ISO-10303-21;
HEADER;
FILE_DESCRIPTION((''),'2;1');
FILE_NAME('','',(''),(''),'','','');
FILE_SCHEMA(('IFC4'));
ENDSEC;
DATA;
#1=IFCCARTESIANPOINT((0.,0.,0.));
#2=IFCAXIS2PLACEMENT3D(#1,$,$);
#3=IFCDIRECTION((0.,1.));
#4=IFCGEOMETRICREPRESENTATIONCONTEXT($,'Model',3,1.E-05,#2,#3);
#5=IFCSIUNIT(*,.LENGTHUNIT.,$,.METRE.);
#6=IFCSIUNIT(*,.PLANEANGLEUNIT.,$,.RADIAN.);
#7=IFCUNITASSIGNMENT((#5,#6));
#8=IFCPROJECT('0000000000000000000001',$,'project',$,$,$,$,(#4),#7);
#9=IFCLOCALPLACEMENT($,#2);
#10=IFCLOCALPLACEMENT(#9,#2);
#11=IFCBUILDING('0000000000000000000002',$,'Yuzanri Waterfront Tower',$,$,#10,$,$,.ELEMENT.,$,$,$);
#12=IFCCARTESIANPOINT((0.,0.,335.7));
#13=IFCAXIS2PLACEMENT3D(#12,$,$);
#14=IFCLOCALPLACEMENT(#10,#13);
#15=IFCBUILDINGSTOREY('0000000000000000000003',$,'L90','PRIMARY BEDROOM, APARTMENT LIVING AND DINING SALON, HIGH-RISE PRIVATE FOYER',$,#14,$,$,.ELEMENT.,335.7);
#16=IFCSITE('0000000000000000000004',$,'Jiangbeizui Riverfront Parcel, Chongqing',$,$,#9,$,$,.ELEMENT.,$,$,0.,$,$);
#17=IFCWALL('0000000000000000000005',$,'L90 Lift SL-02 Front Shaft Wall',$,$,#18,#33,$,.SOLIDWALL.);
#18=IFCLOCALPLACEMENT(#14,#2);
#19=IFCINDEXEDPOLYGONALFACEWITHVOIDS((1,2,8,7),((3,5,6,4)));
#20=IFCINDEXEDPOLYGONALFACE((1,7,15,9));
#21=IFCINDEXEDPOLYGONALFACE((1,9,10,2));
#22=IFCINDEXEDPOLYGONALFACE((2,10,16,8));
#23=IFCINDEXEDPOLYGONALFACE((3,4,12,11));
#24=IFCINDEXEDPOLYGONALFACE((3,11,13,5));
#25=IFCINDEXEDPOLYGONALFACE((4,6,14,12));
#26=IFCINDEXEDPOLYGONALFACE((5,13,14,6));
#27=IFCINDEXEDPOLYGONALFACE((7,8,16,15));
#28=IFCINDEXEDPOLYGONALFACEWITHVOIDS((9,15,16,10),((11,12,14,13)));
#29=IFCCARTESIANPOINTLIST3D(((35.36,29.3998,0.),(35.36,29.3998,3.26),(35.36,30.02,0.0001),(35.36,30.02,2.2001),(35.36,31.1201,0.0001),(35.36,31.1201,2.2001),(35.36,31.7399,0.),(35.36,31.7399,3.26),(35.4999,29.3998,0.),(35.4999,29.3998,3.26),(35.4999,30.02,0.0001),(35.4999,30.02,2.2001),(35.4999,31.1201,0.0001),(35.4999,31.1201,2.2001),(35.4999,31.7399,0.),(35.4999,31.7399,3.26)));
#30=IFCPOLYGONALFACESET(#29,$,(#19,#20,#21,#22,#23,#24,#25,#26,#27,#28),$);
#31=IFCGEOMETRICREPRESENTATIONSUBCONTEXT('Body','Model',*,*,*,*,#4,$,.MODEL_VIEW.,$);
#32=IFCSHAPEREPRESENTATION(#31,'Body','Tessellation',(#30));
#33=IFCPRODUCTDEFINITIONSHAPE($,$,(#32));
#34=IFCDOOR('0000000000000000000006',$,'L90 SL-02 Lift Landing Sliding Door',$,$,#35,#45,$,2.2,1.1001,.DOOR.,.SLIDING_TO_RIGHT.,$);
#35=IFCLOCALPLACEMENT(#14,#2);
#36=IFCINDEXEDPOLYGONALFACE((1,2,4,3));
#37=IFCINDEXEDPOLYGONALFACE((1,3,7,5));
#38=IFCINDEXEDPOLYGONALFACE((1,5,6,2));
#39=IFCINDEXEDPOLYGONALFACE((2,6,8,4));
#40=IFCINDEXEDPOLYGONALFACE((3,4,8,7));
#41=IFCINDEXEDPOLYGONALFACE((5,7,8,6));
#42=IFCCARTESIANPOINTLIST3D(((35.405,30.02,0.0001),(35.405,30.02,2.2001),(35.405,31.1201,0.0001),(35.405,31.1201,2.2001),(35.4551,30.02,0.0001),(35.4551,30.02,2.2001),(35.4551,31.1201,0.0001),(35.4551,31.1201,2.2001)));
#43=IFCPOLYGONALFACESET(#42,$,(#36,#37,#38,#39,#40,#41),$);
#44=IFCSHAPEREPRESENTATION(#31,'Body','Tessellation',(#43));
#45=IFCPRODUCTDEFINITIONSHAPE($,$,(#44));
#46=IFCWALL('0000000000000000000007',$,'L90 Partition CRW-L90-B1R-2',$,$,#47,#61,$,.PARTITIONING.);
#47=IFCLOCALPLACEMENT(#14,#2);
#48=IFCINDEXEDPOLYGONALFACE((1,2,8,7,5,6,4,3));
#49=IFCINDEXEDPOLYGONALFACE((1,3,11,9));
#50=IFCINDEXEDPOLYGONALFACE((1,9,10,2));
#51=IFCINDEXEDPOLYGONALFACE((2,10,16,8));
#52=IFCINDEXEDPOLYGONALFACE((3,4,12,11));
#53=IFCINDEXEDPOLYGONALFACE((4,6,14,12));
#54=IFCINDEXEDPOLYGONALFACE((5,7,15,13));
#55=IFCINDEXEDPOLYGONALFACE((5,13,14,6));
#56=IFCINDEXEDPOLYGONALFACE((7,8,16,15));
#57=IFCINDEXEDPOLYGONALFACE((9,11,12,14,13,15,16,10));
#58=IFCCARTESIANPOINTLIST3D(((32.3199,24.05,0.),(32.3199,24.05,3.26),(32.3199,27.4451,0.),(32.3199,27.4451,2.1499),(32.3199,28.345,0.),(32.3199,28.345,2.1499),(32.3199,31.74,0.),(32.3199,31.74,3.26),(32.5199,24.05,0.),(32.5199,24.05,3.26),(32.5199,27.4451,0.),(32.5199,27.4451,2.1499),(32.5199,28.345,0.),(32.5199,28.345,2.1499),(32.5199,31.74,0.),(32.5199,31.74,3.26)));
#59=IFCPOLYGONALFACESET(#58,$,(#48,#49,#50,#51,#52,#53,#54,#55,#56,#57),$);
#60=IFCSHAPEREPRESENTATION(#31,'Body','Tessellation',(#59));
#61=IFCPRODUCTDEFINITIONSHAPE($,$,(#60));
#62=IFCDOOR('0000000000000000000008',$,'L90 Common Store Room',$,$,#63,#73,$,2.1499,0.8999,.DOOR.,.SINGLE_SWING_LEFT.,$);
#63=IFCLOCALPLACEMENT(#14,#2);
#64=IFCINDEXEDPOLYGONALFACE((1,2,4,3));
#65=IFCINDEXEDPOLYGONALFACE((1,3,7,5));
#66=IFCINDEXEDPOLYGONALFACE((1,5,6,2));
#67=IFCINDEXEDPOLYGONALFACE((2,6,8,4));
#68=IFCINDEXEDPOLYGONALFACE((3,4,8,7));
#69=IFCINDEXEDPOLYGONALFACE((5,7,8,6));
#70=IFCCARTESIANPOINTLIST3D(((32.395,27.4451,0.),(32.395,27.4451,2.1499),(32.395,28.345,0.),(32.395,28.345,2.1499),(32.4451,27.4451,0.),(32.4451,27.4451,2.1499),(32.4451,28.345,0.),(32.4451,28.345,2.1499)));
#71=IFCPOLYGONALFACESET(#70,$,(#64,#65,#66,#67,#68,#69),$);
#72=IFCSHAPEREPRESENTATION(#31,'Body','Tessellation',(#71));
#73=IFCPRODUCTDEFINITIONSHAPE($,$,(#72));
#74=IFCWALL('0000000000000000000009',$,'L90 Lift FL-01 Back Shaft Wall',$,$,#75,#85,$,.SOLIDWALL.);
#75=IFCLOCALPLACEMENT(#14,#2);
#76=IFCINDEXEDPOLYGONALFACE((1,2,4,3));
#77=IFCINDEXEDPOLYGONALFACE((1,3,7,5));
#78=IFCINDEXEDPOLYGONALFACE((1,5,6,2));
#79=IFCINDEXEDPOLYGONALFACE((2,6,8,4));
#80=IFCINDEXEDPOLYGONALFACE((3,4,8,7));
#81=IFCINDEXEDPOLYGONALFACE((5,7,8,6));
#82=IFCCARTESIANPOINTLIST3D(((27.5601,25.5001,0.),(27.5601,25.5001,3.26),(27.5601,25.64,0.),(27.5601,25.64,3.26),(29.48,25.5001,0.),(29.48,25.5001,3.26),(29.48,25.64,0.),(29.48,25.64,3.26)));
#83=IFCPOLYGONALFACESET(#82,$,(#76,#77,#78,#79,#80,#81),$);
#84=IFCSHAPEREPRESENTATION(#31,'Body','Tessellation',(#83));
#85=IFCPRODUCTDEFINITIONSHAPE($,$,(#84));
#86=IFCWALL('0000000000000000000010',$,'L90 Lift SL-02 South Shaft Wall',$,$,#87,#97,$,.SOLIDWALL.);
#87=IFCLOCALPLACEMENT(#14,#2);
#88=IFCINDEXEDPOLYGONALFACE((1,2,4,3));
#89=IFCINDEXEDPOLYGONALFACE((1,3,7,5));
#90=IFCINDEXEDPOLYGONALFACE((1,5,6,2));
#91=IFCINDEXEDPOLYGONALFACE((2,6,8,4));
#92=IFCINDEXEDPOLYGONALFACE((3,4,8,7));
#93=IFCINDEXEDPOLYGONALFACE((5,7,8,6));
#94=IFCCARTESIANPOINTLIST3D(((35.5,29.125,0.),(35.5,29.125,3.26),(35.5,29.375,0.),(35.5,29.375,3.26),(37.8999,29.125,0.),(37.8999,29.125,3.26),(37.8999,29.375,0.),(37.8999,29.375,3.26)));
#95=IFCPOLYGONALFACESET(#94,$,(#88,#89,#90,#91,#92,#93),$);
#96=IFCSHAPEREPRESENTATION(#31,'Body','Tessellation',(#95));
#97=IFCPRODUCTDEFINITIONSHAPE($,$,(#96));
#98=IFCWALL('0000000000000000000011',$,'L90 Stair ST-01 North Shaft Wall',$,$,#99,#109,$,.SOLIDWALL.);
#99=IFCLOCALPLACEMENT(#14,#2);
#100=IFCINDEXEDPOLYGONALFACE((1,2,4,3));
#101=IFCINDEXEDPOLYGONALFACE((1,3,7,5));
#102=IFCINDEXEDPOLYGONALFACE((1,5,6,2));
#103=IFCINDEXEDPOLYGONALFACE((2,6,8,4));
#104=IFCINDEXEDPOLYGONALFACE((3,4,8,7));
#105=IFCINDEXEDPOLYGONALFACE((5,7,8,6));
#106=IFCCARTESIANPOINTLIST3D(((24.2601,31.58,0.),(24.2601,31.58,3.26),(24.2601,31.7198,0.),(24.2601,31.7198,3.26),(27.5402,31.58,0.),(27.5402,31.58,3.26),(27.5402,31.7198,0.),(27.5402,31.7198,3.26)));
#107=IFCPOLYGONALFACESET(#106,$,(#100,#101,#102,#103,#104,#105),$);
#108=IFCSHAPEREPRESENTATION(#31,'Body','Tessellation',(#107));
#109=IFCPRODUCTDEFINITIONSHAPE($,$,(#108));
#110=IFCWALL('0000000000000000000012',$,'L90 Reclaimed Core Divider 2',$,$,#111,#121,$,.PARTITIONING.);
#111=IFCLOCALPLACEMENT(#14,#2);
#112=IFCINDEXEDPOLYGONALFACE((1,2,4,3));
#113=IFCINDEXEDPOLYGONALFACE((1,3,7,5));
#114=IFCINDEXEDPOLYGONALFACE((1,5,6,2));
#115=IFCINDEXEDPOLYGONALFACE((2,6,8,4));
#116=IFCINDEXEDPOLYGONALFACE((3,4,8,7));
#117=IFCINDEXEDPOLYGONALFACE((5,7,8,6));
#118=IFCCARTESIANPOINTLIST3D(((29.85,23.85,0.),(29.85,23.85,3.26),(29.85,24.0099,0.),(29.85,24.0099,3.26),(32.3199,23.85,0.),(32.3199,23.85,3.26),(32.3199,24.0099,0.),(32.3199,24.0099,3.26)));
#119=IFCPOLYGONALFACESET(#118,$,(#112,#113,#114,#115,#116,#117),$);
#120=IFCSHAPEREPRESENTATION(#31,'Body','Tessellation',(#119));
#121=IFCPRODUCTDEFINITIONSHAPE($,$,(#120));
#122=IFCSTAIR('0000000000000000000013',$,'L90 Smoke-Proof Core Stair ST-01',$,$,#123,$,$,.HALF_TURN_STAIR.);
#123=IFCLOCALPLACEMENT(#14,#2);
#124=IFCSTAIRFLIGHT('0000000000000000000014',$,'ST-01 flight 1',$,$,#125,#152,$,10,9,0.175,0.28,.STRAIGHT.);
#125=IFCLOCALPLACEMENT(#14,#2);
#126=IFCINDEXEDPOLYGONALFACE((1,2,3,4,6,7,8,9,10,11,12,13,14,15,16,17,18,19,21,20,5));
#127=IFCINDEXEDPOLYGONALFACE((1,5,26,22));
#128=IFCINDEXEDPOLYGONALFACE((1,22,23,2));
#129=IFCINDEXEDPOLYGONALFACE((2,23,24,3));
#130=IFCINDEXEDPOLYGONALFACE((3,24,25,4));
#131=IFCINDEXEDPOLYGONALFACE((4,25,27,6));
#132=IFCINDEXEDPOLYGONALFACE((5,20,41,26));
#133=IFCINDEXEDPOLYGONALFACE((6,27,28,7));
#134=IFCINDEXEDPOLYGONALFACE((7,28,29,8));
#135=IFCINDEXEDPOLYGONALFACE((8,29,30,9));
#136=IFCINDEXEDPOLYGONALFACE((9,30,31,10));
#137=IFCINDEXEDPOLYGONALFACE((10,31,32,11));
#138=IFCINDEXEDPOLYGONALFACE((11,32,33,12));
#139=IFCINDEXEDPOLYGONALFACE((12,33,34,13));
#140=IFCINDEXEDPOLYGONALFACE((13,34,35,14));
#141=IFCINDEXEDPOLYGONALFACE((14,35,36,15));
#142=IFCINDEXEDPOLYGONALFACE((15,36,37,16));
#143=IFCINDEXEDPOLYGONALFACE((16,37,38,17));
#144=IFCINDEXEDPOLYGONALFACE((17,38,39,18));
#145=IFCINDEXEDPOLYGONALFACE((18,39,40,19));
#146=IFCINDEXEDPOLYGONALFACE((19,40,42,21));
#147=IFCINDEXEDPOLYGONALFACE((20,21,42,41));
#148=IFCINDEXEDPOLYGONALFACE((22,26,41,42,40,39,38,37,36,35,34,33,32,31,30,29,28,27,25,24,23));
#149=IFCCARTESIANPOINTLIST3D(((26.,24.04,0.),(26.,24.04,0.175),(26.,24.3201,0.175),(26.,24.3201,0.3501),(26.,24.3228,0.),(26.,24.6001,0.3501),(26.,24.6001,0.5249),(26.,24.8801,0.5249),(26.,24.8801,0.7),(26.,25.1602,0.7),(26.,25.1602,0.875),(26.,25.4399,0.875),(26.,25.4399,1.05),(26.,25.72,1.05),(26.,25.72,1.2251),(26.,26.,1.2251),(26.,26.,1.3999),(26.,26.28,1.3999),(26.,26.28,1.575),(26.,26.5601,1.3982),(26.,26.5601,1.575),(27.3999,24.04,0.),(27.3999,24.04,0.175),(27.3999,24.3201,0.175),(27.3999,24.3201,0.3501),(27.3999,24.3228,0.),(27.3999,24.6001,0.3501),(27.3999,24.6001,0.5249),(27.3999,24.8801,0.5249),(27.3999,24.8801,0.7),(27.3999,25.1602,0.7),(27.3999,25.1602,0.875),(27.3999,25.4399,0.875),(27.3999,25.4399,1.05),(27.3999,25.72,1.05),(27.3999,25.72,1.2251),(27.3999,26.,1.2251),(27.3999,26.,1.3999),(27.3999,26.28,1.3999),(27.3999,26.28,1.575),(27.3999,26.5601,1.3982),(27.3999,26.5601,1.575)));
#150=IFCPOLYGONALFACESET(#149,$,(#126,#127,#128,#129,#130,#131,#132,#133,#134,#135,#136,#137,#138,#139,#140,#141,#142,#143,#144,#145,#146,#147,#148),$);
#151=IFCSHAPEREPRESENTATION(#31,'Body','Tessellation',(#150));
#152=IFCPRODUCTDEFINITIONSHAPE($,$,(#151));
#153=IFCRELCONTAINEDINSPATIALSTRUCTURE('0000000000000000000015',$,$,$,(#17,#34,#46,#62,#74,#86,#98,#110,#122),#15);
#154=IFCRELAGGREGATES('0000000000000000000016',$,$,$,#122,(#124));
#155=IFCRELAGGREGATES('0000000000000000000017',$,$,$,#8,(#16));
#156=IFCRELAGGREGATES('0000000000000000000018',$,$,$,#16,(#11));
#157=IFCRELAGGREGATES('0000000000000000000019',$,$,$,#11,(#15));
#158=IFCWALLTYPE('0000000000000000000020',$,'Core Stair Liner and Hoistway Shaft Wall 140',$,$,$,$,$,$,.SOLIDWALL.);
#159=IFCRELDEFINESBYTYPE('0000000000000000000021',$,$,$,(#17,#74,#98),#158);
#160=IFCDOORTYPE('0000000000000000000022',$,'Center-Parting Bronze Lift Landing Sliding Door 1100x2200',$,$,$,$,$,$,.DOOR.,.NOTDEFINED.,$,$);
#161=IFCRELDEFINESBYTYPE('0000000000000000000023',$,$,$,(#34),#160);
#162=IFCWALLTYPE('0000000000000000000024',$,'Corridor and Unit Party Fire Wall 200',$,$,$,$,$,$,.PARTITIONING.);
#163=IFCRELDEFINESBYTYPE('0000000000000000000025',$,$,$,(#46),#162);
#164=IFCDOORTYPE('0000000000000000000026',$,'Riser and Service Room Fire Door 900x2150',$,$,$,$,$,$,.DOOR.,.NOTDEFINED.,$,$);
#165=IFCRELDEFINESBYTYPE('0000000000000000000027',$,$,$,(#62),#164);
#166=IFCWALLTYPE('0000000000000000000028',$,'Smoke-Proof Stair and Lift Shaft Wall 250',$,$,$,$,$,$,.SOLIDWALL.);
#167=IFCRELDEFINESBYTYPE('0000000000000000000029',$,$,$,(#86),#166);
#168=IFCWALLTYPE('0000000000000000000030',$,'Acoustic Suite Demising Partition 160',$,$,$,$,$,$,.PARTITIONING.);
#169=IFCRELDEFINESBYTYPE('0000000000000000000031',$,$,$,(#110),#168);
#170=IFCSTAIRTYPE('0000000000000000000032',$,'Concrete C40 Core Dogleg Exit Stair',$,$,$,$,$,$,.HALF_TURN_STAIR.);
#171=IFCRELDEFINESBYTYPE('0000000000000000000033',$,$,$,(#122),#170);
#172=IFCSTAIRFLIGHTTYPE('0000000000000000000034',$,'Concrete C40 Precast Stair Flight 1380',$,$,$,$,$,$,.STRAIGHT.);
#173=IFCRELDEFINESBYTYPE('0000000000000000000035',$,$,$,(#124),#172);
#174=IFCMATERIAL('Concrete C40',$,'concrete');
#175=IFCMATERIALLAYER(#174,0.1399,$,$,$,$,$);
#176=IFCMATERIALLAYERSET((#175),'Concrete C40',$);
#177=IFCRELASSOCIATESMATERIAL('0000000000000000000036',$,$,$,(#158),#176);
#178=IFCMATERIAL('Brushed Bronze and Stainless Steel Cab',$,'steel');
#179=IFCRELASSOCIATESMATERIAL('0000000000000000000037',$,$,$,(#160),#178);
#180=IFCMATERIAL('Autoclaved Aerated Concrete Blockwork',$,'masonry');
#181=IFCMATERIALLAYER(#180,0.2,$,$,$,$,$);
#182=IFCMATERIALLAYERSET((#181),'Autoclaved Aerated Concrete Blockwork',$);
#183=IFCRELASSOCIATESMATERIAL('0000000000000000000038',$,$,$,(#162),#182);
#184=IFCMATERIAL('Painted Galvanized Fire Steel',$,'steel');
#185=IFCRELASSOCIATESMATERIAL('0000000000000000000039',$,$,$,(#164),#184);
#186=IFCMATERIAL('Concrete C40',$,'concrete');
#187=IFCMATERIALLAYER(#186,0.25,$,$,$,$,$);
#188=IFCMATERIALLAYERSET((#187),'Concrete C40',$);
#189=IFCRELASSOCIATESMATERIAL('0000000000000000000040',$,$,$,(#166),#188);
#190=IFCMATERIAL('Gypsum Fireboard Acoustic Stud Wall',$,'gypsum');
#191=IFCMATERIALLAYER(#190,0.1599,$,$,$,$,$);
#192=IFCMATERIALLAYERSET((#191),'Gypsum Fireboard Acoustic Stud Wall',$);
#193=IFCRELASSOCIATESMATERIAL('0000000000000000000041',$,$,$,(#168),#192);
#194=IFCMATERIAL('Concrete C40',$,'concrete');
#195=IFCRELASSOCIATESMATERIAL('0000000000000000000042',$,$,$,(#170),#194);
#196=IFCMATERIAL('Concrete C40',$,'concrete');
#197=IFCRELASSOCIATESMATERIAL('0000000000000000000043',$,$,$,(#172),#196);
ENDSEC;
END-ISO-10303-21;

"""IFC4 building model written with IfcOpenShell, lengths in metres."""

from ifc_helpers import new_model, si_unit, direction, frame, frame_2d, origin, place, context, subcontext, project, spatial, polyline, rectangle, outline, extrude, source, transform, mapped, material, layer, layer_set, type_object, element, fill, aggregate, save


model = new_model("IFC4")

# Units and contexts
model_context = context("Model", 3, precision=1e-05, world=origin(), true_north=direction((0.0, 1.0)))
body_context = subcontext(model_context, "Body", "Model", "MODEL_VIEW")
ifc_project = project(units=[si_unit("LENGTHUNIT", "METRE"), si_unit("PLANEANGLEUNIT", "RADIAN")], contexts=[model_context])

# Site, building, storey
site_placement = place(None, origin())
site = spatial("IfcSite", under=ifc_project, at=site_placement, Name="Jiangbeizui Riverfront Parcel, Chongqing", CompositionType="ELEMENT", RefElevation=0.0)
building_placement = place(site_placement, origin())
building = spatial("IfcBuilding", under=site, at=building_placement, Name="Yuzanri Waterfront Tower", CompositionType="ELEMENT")
storey_placement = place(building_placement, frame((0.0, 0.0, 335.7)))
storey = spatial("IfcBuildingStorey", under=building, at=storey_placement, Name="L90", Description="PRIMARY BEDROOM, APARTMENT LIVING AND DINING SALON, HIGH-RISE PRIVATE FOYER", CompositionType="ELEMENT", Elevation=335.7)

# Walls, openings, doors
ifc_material_1 = material(Name="Concrete C40", Category="concrete")
ifc_layer_1 = layer(ifc_material_1, 0.1399)
ifc_layer_set_1 = layer_set([ifc_layer_1], Name="Concrete C40")
wall_type_1 = type_object("IfcWallType", Name="Core Stair Liner and Hoistway Shaft Wall 140", PredefinedType="SOLIDWALL", material=ifc_layer_set_1)
ifc_material_2 = material(Name="Brushed Bronze and Stainless Steel Cab", Category="steel")
door_type_1 = type_object("IfcDoorType", Name="Center-Parting Bronze Lift Landing Sliding Door 1100x2200", OperationType="NOTDEFINED", PredefinedType="DOOR", material=ifc_material_2)
shared_shape_1 = source(origin(), body_context, "Body", "SweptSolid", [
    extrude(rectangle(XDim=1.1001, YDim=2.2, at=frame_2d((0.55, 1.1001))), frame((0.0, 0.0249, 0.0), z_axis=(0.0, -1.0, 0.0), x_axis=(1.0, 0.0, 0.0)), (0.0, 0.0, 1.0), 0.05),
])
wall_1_placement = place(storey_placement, frame((35.4299, 29.3999, 0.0), z_axis=(0.0, 0.0, 1.0), x_axis=(0.0, 1.0, 0.0)))
wall_1 = element("IfcWall", 1, at=wall_1_placement, inside=storey, type_object=wall_type_1, Name="L90 Lift SL-02 Front Shaft Wall", PredefinedType="SOLIDWALL", context=body_context, shape_type="SweptSolid", body=[
    extrude(rectangle(XDim=2.3401, YDim=0.1399, at=frame_2d((1.1699, 0.0))), origin(), (0.0, 0.0, 1.0), 3.26),
])
opening_1_placement = place(wall_1_placement, frame((0.6201, 0.0, 0.0)))
opening_1 = element("IfcOpeningElement", 2, at=opening_1_placement, cuts=wall_1, PredefinedType="OPENING", context=body_context, shape_type="SweptSolid", body=[
    extrude(rectangle(XDim=1.1001, YDim=2.2, at=frame_2d((0.55, 1.1001))), frame((0.0, 0.085, 0.0), z_axis=(0.0, -1.0, 0.0), x_axis=(1.0, 0.0, 0.0)), (0.0, 0.0, 1.0), 0.1697),
])
door_1_placement = place(opening_1_placement, origin())
door_1 = element("IfcDoor", 3, at=door_1_placement, inside=storey, type_object=door_type_1, Name="L90 SL-02 Lift Landing Sliding Door", OperationType="SLIDING_TO_RIGHT", OverallHeight=2.2, OverallWidth=1.1001, PredefinedType="DOOR", context=body_context, shape_type="MappedRepresentation", body=[
    mapped(shared_shape_1, transform((0.0, 0.0, 0.0), scale=1.0)),
])
fill(opening_1, door_1)
ifc_material_3 = material(Name="Autoclaved Aerated Concrete Blockwork", Category="masonry")
ifc_layer_2 = layer(ifc_material_3, 0.2)
ifc_layer_set_2 = layer_set([ifc_layer_2], Name="Autoclaved Aerated Concrete Blockwork")
wall_type_2 = type_object("IfcWallType", Name="Corridor and Unit Party Fire Wall 200", PredefinedType="PARTITIONING", material=ifc_layer_set_2)
ifc_material_4 = material(Name="Painted Galvanized Fire Steel", Category="steel")
door_type_2 = type_object("IfcDoorType", Name="Riser and Service Room Fire Door 900x2150", OperationType="NOTDEFINED", PredefinedType="DOOR", material=ifc_material_4)
shared_shape_2 = source(origin(), body_context, "Body", "SweptSolid", [
    extrude(rectangle(XDim=0.8999, YDim=2.1499, at=frame_2d((0.45, 1.075))), frame((0.0, 0.0249, 0.0), z_axis=(0.0, -1.0, 0.0), x_axis=(1.0, 0.0, 0.0)), (0.0, 0.0, 1.0), 0.05),
])
wall_2_placement = place(storey_placement, frame((32.4199, 24.05, 0.0), z_axis=(0.0, 0.0, 1.0), x_axis=(0.0, 1.0, 0.0)))
wall_2 = element("IfcWall", 4, at=wall_2_placement, inside=storey, type_object=wall_type_2, Name="L90 Partition CRW-L90-B1R-2", PredefinedType="PARTITIONING", context=body_context, shape_type="SweptSolid", body=[
    extrude(rectangle(XDim=7.6899, YDim=0.2, at=frame_2d((3.845, 0.0))), origin(), (0.0, 0.0, 1.0), 3.26),
])
opening_2_placement = place(wall_2_placement, frame((3.395, 0.0, 0.0)))
opening_2 = element("IfcOpeningElement", 5, at=opening_2_placement, cuts=wall_2, PredefinedType="OPENING", context=body_context, shape_type="SweptSolid", body=[
    extrude(rectangle(XDim=0.8999, YDim=2.1499, at=frame_2d((0.45, 1.075))), frame((0.0, 0.1147, 0.0), z_axis=(0.0, -1.0, 0.0), x_axis=(1.0, 0.0, 0.0)), (0.0, 0.0, 1.0), 0.2297),
])
door_2_placement = place(opening_2_placement, origin())
door_2 = element("IfcDoor", 6, at=door_2_placement, inside=storey, type_object=door_type_2, Name="L90 Common Store Room", OperationType="SINGLE_SWING_LEFT", OverallHeight=2.1499, OverallWidth=0.8999, PredefinedType="DOOR", context=body_context, shape_type="MappedRepresentation", body=[
    mapped(shared_shape_2, transform((0.0, 0.0, 0.0), scale=1.0)),
])
fill(opening_2, door_2)

# Walls
shared_shape_3 = source(origin(), body_context, "Body", "SweptSolid", [
    extrude(rectangle(XDim=1.9199, YDim=0.1399, at=frame_2d((0.96, 0.0))), origin(), (0.0, 0.0, 1.0), 3.26),
])
wall_3_placement = place(storey_placement, frame((27.5601, 25.5701, 0.0), z_axis=(0.0, 0.0, 1.0), x_axis=(1.0, 0.0, 0.0)))
element("IfcWall", 7, at=wall_3_placement, inside=storey, type_object=wall_type_1, Name="L90 Lift FL-01 Back Shaft Wall", PredefinedType="SOLIDWALL", context=body_context, shape_type="MappedRepresentation", body=[
    mapped(shared_shape_3, transform((0.0, 0.0, 0.0), scale=1.0)),
])
ifc_material_5 = material(Name="Concrete C40", Category="concrete")
ifc_layer_3 = layer(ifc_material_5, 0.25)
ifc_layer_set_3 = layer_set([ifc_layer_3], Name="Concrete C40")
wall_type_3 = type_object("IfcWallType", Name="Smoke-Proof Stair and Lift Shaft Wall 250", PredefinedType="SOLIDWALL", material=ifc_layer_set_3)
shared_shape_4 = source(origin(), body_context, "Body", "SweptSolid", [
    extrude(rectangle(XDim=2.3999, YDim=0.25, at=frame_2d((1.2, 0.0))), origin(), (0.0, 0.0, 1.0), 3.26),
])
wall_4_placement = place(storey_placement, frame((35.5, 29.25, 0.0), z_axis=(0.0, 0.0, 1.0), x_axis=(1.0, 0.0, 0.0)))
element("IfcWall", 8, at=wall_4_placement, inside=storey, type_object=wall_type_3, Name="L90 Lift SL-02 South Shaft Wall", PredefinedType="SOLIDWALL", context=body_context, shape_type="MappedRepresentation", body=[
    mapped(shared_shape_4, transform((0.0, 0.0, 0.0), scale=1.0)),
])
shared_shape_5 = source(origin(), body_context, "Body", "SweptSolid", [
    extrude(rectangle(XDim=3.28, YDim=0.1399, at=frame_2d((1.6401, 0.0))), origin(), (0.0, 0.0, 1.0), 3.26),
])
wall_5_placement = place(storey_placement, frame((24.26, 31.6499, 0.0), z_axis=(0.0, 0.0, 1.0), x_axis=(1.0, 0.0, 0.0)))
element("IfcWall", 9, at=wall_5_placement, inside=storey, type_object=wall_type_1, Name="L90 Stair ST-01 North Shaft Wall", PredefinedType="SOLIDWALL", context=body_context, shape_type="MappedRepresentation", body=[
    mapped(shared_shape_5, transform((0.0, 0.0, 0.0), scale=1.0)),
])
ifc_material_6 = material(Name="Gypsum Fireboard Acoustic Stud Wall", Category="gypsum")
ifc_layer_4 = layer(ifc_material_6, 0.1599)
ifc_layer_set_4 = layer_set([ifc_layer_4], Name="Gypsum Fireboard Acoustic Stud Wall")
wall_type_4 = type_object("IfcWallType", Name="Acoustic Suite Demising Partition 160", PredefinedType="PARTITIONING", material=ifc_layer_set_4)
shared_shape_6 = source(origin(), body_context, "Body", "SweptSolid", [
    extrude(rectangle(XDim=2.47, YDim=0.1599, at=frame_2d((1.2349, 0.0))), origin(), (0.0, 0.0, 1.0), 3.26),
])
wall_6_placement = place(storey_placement, frame((29.8501, 23.9299, 0.0), z_axis=(0.0, 0.0, 1.0), x_axis=(1.0, 0.0, 0.0)))
element("IfcWall", 10, at=wall_6_placement, inside=storey, type_object=wall_type_4, Name="L90 Reclaimed Core Divider 2", PredefinedType="PARTITIONING", context=body_context, shape_type="MappedRepresentation", body=[
    mapped(shared_shape_6, transform((0.0, 0.0, 0.0), scale=1.0)),
])

# Stair, stair flight
ifc_material_7 = material(Name="Concrete C40", Category="concrete")
stair_type = type_object("IfcStairType", Name="Concrete C40 Core Dogleg Exit Stair", PredefinedType="HALF_TURN_STAIR", material=ifc_material_7)
stair_placement = place(storey_placement, origin())
stair = element("IfcStair", 11, at=stair_placement, inside=storey, type_object=stair_type, Name="L90 Smoke-Proof Core Stair ST-01", PredefinedType="HALF_TURN_STAIR")
ifc_material_8 = material(Name="Concrete C40", Category="concrete")
stair_flight_type = type_object("IfcStairFlightType", Name="Concrete C40 Precast Stair Flight 1380", PredefinedType="STRAIGHT", material=ifc_material_8)
shared_shape_7 = source(origin(), body_context, "Body", "SweptSolid", [
    extrude(outline(polyline([(0.0, 0.0), (0.0, 0.175), (0.28, 0.175), (0.28, 0.3501), (0.5601, 0.3501), (0.5601, 0.5249), (0.8401, 0.5249), (0.8401, 0.7), (1.1201, 0.7), (1.1201, 0.875), (1.3999, 0.875), (1.3999, 1.05), (1.6799, 1.05), (1.6799, 1.2251), (1.96, 1.2251), (1.96, 1.3999), (2.24, 1.3999), (2.24, 1.575), (2.52, 1.575), (2.52, 1.75), (2.52, 1.3982), (0.2827, 0.0), (0.0, 0.0)])), frame((0.0, 0.7, 0.0), z_axis=(0.0, -1.0, 0.0), x_axis=(1.0, 0.0, 0.0)), (0.0, 0.0, 1.0), 1.3999),
])
stair_flight_1_placement = place(storey_placement, frame((26.7, 24.04, 0.0), z_axis=(0.0, 0.0, 1.0), x_axis=(0.0, 1.0, 0.0)))
stair_flight_1 = element("IfcStairFlight", 12, at=stair_flight_1_placement, type_object=stair_flight_type, Name="ST-01 flight 1", NumberOfRisers=10, NumberOfTreads=9, PredefinedType="STRAIGHT", RiserHeight=0.175, TreadLength=0.28, context=body_context, shape_type="MappedRepresentation", body=[
    mapped(shared_shape_7, transform((0.0, 0.0, 0.0), scale=1.0)),
])
aggregate(stair, [stair_flight_1])

save(model, "model.ifc")
